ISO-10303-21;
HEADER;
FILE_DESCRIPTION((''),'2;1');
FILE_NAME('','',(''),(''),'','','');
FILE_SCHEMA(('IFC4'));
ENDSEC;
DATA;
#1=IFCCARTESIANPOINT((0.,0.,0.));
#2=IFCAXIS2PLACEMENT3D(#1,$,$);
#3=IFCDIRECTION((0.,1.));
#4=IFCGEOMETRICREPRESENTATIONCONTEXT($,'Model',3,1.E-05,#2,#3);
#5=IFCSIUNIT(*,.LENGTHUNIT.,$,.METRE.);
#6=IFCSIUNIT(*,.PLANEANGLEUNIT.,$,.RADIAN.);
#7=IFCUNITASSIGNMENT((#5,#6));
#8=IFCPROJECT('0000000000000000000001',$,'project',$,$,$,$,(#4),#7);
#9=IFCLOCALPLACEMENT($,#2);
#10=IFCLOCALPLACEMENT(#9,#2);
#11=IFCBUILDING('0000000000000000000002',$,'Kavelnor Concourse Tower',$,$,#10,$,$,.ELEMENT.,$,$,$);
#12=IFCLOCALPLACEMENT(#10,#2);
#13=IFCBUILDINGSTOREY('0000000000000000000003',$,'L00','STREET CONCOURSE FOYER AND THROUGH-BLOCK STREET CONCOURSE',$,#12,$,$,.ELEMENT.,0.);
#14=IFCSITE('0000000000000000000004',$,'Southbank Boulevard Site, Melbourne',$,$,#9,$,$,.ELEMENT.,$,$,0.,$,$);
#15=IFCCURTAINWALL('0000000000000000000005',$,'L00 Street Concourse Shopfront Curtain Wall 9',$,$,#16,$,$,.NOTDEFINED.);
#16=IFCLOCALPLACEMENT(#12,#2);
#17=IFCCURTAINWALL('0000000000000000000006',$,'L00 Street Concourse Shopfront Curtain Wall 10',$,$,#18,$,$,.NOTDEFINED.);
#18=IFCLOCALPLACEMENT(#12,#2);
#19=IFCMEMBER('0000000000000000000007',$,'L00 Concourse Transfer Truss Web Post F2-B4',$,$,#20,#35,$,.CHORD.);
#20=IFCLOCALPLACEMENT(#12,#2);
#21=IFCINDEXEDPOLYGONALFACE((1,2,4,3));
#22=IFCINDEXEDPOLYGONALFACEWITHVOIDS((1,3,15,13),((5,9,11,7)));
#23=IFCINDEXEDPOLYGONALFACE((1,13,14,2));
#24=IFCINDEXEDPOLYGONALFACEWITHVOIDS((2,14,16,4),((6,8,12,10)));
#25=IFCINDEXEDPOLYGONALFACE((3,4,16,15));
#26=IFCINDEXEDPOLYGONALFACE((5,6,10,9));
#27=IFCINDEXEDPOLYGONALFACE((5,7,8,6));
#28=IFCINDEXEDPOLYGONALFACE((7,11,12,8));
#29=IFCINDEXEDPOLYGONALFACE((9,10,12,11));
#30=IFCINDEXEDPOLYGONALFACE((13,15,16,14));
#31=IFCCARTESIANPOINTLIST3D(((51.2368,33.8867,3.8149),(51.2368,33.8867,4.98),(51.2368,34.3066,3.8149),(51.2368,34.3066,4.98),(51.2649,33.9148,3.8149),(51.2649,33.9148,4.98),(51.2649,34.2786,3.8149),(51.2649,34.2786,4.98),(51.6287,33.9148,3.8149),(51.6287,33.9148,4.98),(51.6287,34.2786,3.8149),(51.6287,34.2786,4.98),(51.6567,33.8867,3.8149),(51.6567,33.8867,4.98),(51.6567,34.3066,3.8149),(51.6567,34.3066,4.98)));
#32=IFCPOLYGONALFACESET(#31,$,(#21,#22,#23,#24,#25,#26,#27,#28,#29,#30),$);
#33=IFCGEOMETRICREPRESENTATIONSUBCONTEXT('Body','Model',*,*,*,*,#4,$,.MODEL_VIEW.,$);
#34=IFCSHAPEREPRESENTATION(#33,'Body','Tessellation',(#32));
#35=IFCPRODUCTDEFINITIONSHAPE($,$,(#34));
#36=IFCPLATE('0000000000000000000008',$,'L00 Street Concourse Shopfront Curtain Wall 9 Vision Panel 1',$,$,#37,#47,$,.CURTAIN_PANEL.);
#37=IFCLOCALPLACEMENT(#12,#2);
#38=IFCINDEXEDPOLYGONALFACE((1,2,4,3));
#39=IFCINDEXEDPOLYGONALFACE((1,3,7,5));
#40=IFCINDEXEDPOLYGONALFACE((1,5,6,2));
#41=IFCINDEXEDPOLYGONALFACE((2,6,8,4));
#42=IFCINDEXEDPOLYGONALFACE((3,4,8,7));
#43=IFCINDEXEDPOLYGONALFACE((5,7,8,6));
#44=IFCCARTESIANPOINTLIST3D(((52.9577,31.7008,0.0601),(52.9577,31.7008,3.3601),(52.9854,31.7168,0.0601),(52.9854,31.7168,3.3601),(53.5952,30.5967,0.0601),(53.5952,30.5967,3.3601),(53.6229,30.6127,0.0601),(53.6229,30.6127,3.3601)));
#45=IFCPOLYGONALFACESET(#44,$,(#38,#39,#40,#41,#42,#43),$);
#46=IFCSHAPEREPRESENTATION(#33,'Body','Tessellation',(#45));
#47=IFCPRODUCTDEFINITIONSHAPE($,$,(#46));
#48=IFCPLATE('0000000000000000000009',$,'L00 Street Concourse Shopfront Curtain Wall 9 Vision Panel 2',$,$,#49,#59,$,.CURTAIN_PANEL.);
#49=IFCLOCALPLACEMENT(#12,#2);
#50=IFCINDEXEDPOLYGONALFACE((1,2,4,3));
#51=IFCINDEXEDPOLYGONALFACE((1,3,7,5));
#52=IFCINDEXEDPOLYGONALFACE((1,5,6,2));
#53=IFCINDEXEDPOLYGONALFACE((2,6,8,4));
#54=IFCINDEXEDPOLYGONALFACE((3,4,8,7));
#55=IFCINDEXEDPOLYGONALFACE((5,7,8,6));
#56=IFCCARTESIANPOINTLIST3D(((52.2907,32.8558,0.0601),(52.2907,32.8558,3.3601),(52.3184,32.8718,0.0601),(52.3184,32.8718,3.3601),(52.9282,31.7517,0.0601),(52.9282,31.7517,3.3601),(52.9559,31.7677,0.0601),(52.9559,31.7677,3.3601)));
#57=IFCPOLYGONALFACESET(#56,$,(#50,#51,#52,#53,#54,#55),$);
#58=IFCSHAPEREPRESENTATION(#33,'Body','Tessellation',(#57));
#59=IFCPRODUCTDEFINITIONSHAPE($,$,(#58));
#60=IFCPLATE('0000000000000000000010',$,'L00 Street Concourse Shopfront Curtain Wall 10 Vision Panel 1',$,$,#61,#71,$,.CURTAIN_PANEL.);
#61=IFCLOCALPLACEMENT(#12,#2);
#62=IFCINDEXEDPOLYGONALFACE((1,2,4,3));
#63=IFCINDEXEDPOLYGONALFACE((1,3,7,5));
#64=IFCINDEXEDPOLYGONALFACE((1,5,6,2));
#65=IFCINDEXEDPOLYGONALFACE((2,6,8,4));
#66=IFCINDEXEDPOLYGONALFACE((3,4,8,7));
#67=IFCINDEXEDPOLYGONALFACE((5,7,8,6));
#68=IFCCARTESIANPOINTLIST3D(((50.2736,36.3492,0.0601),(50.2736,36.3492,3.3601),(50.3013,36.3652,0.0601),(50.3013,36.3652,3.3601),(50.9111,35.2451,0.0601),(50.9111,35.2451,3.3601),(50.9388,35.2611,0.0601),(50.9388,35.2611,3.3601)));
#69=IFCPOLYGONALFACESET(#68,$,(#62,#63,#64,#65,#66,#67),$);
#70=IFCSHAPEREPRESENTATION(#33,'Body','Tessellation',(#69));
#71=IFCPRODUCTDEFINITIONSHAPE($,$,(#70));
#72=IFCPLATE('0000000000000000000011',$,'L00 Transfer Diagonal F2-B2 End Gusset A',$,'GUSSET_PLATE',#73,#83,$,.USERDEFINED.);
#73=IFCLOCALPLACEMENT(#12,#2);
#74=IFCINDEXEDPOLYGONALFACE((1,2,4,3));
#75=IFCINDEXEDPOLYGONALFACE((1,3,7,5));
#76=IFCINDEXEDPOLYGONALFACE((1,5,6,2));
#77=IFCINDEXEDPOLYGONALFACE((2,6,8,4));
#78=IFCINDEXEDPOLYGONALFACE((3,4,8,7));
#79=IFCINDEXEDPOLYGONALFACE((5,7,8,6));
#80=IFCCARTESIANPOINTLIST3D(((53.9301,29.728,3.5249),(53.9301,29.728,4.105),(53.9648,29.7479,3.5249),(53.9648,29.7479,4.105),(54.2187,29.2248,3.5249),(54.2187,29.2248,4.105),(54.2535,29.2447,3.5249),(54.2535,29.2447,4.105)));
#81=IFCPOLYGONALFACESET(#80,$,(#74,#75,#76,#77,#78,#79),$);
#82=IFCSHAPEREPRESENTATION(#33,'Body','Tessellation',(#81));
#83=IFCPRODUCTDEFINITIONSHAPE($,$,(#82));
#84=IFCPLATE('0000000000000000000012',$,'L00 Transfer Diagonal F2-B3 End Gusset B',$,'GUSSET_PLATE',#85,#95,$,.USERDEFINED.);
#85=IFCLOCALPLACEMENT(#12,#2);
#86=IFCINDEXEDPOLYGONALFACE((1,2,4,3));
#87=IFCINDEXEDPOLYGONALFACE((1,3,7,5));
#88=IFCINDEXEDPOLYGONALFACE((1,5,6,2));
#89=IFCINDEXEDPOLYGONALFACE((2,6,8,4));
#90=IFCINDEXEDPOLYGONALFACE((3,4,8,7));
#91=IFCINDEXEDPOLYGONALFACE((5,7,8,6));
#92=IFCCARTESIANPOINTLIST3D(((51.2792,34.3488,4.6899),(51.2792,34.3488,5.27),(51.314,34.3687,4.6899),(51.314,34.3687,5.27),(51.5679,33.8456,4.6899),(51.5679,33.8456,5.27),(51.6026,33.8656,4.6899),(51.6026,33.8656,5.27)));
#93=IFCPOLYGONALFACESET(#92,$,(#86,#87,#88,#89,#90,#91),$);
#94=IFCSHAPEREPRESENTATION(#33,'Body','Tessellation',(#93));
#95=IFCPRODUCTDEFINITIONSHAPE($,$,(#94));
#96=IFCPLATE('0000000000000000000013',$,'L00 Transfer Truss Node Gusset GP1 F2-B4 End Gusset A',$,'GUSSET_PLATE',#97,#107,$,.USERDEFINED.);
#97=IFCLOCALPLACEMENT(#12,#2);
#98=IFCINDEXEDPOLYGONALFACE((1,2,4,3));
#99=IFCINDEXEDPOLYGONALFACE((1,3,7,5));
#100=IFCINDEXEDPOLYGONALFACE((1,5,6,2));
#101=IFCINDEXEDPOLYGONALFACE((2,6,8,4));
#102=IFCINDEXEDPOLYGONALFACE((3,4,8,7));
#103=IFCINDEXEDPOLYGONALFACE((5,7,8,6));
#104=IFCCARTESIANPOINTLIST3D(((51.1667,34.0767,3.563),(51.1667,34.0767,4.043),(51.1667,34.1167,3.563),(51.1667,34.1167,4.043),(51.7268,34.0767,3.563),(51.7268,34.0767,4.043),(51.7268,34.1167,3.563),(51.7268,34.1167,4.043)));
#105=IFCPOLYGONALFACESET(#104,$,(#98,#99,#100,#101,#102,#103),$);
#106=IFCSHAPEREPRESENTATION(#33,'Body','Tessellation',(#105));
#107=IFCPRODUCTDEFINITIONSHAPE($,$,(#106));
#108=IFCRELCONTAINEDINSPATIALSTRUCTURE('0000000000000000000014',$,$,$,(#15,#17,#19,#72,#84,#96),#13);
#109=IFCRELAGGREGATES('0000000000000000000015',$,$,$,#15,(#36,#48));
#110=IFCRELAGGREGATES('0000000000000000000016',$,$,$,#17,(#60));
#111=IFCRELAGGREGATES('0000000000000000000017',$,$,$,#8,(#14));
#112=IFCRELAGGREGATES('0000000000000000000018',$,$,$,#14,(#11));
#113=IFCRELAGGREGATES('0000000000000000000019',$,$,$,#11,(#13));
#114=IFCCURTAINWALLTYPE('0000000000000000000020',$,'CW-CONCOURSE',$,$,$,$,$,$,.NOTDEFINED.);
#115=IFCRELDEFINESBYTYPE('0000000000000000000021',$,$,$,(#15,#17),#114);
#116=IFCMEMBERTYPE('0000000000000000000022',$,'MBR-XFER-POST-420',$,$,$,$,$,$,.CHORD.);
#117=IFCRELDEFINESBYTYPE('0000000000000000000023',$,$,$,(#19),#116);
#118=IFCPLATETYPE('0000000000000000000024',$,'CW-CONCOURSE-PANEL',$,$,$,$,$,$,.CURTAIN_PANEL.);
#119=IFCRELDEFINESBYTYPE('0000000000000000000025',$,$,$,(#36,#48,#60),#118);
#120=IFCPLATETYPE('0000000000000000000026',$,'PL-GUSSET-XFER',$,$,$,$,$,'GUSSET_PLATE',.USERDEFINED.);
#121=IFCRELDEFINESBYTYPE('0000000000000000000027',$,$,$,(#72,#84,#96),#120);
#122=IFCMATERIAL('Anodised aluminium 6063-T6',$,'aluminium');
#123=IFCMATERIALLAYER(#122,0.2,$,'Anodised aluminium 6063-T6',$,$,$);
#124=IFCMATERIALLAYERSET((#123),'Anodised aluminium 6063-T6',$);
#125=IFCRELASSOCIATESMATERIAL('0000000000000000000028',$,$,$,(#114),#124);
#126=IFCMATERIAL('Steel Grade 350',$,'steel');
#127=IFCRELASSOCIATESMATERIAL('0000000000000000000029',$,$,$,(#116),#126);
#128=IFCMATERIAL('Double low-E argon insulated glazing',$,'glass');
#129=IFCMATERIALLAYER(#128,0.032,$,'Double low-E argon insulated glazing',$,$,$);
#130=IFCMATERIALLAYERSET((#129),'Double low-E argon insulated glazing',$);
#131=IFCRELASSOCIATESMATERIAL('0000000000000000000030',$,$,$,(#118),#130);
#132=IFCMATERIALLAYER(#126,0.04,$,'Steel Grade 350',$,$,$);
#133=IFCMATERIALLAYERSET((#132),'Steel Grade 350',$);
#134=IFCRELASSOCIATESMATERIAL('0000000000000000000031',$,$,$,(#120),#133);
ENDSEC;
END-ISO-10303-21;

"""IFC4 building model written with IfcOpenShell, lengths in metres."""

from ifc_helpers import new_model, si_unit, direction, frame, origin, origin_2d, place, context, subcontext, project, spatial, rectangle, hollow_rectangle, extrude, material, layer, layer_set, material_profile, profile_set, type_object, element, aggregate, save


model = new_model("IFC4")

# Units and contexts
model_context = context("Model", 3, precision=1e-05, world=origin(), true_north=direction((0.0, 1.0)))
body_context = subcontext(model_context, "Body", "Model", "MODEL_VIEW")
ifc_project = project(units=[si_unit("LENGTHUNIT", "METRE"), si_unit("PLANEANGLEUNIT", "RADIAN")], contexts=[model_context])

# Site, building, storey
site_placement = place(None, origin())
site = spatial("IfcSite", under=ifc_project, at=site_placement, Name="Southbank Boulevard Site, Melbourne", CompositionType="ELEMENT", RefElevation=0.0)
building_placement = place(site_placement, origin())
building = spatial("IfcBuilding", under=site, at=building_placement, Name="Kavelnor Concourse Tower", CompositionType="ELEMENT")
storey_placement = place(building_placement, origin())
storey = spatial("IfcBuildingStorey", under=building, at=storey_placement, Name="L00", Description="STREET CONCOURSE FOYER AND THROUGH-BLOCK STREET CONCOURSE", CompositionType="ELEMENT", Elevation=0.0)

# Shared definitions
ifc_material_1 = material(Name="Steel Grade 350", Category="steel")

# Curtain wall
ifc_material_2 = material(Name="Anodised aluminium 6063-T6", Category="aluminium")
ifc_layer_1 = layer(ifc_material_2, 0.2, Name="Anodised aluminium 6063-T6")
ifc_layer_set_1 = layer_set([ifc_layer_1], Name="Anodised aluminium 6063-T6")
curtain_wall_type = type_object("IfcCurtainWallType", Name="CW-CONCOURSE", PredefinedType="NOTDEFINED", material=ifc_layer_set_1)
curtain_wall_1_placement = place(storey_placement, origin())
curtain_wall_1 = element("IfcCurtainWall", 1, at=curtain_wall_1_placement, inside=storey, type_object=curtain_wall_type, Name="L00 Street Concourse Shopfront Curtain Wall 9", PredefinedType="NOTDEFINED")

# Curtain wall
curtain_wall_2_placement = place(storey_placement, origin())
curtain_wall_2 = element("IfcCurtainWall", 2, at=curtain_wall_2_placement, inside=storey, type_object=curtain_wall_type, Name="L00 Street Concourse Shopfront Curtain Wall 10", PredefinedType="NOTDEFINED")

# Member
ifc_material_profile_1 = material_profile(ifc_material_1, hollow_rectangle(XDim=0.4199, YDim=0.4199, WallThickness=0.0281, at=origin_2d()), Name="SHS 420x420x28")
ifc_profile_set_1 = profile_set([ifc_material_profile_1], Name="Steel Grade 350")
member_type_1 = type_object("IfcMemberType", Name="MBR-XFER-POST-420", PredefinedType="CHORD", material=ifc_profile_set_1)
member_1_placement = place(storey_placement, frame((51.4468, 34.0967, 3.8149), z_axis=(0.0, 0.0, 1.0), x_axis=(1.0, 0.0, 0.0)))
element("IfcMember", 3, at=member_1_placement, inside=storey, type_object=member_type_1, Name="L00 Concourse Transfer Truss Web Post F2-B4", PredefinedType="CHORD", context=body_context, shape_type="SweptSolid", body=[
    extrude(hollow_rectangle(XDim=0.4199, YDim=0.4199, WallThickness=0.0281, at=origin_2d()), origin(), (0.0, 0.0, 1.0), 1.165),
])

# Plates
ifc_material_3 = material(Name="Double low-E argon insulated glazing", Category="glass")
ifc_layer_2 = layer(ifc_material_3, 0.032, Name="Double low-E argon insulated glazing")
ifc_layer_set_2 = layer_set([ifc_layer_2], Name="Double low-E argon insulated glazing")
plate_type_1 = type_object("IfcPlateType", Name="CW-CONCOURSE-PANEL", PredefinedType="CURTAIN_PANEL", material=ifc_layer_set_2)
plate_1_placement = place(storey_placement, frame((53.2903, 31.1567, 0.0601), z_axis=(0.0, 0.0, 1.0), x_axis=(-0.5, 0.866025, 0.0)))
plate_1 = element("IfcPlate", 4, at=plate_1_placement, type_object=plate_type_1, Name="L00 Street Concourse Shopfront Curtain Wall 9 Vision Panel 1", PredefinedType="CURTAIN_PANEL", context=body_context, shape_type="SweptSolid", body=[
    extrude(rectangle(XDim=1.2749, YDim=0.032, at=origin_2d()), origin(), (0.0, 0.0, 1.0), 3.3),
])
plate_2_placement = place(storey_placement, frame((52.6233, 32.3118, 0.0601), z_axis=(0.0, 0.0, 1.0), x_axis=(-0.5, 0.866025, 0.0)))
plate_2 = element("IfcPlate", 5, at=plate_2_placement, type_object=plate_type_1, Name="L00 Street Concourse Shopfront Curtain Wall 9 Vision Panel 2", PredefinedType="CURTAIN_PANEL", context=body_context, shape_type="SweptSolid", body=[
    extrude(rectangle(XDim=1.2749, YDim=0.032, at=origin_2d()), origin(), (0.0, 0.0, 1.0), 3.3),
])
aggregate(curtain_wall_1, [plate_1, plate_2])
plate_3_placement = place(storey_placement, frame((50.6062, 35.8052, 0.0601), z_axis=(0.0, 0.0, 1.0), x_axis=(-0.5, 0.866025, 0.0)))
plate_3 = element("IfcPlate", 6, at=plate_3_placement, type_object=plate_type_1, Name="L00 Street Concourse Shopfront Curtain Wall 10 Vision Panel 1", PredefinedType="CURTAIN_PANEL", context=body_context, shape_type="SweptSolid", body=[
    extrude(rectangle(XDim=1.2749, YDim=0.032, at=origin_2d()), origin(), (0.0, 0.0, 1.0), 3.3),
])
aggregate(curtain_wall_2, [plate_3])

# Plates
ifc_layer_3 = layer(ifc_material_1, 0.04, Name="Steel Grade 350")
ifc_layer_set_3 = layer_set([ifc_layer_3], Name="Steel Grade 350")
plate_type_2 = type_object("IfcPlateType", Name="PL-GUSSET-XFER", ElementType="GUSSET_PLATE", PredefinedType="USERDEFINED", material=ifc_layer_set_3)
for number, where, z_axis, x_axis, name in (
    (7, (54.0918, 29.4863, 3.5249), (0.0, 0.0, 1.0), (0.49758, -0.867418, 0.0), "L00 Transfer Diagonal F2-B2 End Gusset A"),
    (8, (51.4409, 34.1072, 4.6899), (0.0, 0.0, 1.0), (-0.49758, 0.867418, 0.0), "L00 Transfer Diagonal F2-B3 End Gusset B"),
):
    element("IfcPlate", number, at=place(storey_placement, frame(where, z_axis=z_axis, x_axis=x_axis)), inside=storey, type_object=plate_type_2, Name=name, ObjectType="GUSSET_PLATE", PredefinedType="USERDEFINED", context=body_context, shape_type="SweptSolid", body=[
        extrude(rectangle(XDim=0.5801, YDim=0.04, at=origin_2d()), origin(), (0.0, 0.0, 1.0), 0.5801),
    ])
plate_4_placement = place(storey_placement, frame((51.4468, 34.0967, 3.563), z_axis=(0.0, 0.0, 1.0), x_axis=(1.0, 0.0, 0.0)))
element("IfcPlate", 9, at=plate_4_placement, inside=storey, type_object=plate_type_2, Name="L00 Transfer Truss Node Gusset GP1 F2-B4 End Gusset A", ObjectType="GUSSET_PLATE", PredefinedType="USERDEFINED", context=body_context, shape_type="SweptSolid", body=[
    extrude(rectangle(XDim=0.5601, YDim=0.04, at=origin_2d()), origin(), (0.0, 0.0, 1.0), 0.48),
])

save(model, "model.ifc")
